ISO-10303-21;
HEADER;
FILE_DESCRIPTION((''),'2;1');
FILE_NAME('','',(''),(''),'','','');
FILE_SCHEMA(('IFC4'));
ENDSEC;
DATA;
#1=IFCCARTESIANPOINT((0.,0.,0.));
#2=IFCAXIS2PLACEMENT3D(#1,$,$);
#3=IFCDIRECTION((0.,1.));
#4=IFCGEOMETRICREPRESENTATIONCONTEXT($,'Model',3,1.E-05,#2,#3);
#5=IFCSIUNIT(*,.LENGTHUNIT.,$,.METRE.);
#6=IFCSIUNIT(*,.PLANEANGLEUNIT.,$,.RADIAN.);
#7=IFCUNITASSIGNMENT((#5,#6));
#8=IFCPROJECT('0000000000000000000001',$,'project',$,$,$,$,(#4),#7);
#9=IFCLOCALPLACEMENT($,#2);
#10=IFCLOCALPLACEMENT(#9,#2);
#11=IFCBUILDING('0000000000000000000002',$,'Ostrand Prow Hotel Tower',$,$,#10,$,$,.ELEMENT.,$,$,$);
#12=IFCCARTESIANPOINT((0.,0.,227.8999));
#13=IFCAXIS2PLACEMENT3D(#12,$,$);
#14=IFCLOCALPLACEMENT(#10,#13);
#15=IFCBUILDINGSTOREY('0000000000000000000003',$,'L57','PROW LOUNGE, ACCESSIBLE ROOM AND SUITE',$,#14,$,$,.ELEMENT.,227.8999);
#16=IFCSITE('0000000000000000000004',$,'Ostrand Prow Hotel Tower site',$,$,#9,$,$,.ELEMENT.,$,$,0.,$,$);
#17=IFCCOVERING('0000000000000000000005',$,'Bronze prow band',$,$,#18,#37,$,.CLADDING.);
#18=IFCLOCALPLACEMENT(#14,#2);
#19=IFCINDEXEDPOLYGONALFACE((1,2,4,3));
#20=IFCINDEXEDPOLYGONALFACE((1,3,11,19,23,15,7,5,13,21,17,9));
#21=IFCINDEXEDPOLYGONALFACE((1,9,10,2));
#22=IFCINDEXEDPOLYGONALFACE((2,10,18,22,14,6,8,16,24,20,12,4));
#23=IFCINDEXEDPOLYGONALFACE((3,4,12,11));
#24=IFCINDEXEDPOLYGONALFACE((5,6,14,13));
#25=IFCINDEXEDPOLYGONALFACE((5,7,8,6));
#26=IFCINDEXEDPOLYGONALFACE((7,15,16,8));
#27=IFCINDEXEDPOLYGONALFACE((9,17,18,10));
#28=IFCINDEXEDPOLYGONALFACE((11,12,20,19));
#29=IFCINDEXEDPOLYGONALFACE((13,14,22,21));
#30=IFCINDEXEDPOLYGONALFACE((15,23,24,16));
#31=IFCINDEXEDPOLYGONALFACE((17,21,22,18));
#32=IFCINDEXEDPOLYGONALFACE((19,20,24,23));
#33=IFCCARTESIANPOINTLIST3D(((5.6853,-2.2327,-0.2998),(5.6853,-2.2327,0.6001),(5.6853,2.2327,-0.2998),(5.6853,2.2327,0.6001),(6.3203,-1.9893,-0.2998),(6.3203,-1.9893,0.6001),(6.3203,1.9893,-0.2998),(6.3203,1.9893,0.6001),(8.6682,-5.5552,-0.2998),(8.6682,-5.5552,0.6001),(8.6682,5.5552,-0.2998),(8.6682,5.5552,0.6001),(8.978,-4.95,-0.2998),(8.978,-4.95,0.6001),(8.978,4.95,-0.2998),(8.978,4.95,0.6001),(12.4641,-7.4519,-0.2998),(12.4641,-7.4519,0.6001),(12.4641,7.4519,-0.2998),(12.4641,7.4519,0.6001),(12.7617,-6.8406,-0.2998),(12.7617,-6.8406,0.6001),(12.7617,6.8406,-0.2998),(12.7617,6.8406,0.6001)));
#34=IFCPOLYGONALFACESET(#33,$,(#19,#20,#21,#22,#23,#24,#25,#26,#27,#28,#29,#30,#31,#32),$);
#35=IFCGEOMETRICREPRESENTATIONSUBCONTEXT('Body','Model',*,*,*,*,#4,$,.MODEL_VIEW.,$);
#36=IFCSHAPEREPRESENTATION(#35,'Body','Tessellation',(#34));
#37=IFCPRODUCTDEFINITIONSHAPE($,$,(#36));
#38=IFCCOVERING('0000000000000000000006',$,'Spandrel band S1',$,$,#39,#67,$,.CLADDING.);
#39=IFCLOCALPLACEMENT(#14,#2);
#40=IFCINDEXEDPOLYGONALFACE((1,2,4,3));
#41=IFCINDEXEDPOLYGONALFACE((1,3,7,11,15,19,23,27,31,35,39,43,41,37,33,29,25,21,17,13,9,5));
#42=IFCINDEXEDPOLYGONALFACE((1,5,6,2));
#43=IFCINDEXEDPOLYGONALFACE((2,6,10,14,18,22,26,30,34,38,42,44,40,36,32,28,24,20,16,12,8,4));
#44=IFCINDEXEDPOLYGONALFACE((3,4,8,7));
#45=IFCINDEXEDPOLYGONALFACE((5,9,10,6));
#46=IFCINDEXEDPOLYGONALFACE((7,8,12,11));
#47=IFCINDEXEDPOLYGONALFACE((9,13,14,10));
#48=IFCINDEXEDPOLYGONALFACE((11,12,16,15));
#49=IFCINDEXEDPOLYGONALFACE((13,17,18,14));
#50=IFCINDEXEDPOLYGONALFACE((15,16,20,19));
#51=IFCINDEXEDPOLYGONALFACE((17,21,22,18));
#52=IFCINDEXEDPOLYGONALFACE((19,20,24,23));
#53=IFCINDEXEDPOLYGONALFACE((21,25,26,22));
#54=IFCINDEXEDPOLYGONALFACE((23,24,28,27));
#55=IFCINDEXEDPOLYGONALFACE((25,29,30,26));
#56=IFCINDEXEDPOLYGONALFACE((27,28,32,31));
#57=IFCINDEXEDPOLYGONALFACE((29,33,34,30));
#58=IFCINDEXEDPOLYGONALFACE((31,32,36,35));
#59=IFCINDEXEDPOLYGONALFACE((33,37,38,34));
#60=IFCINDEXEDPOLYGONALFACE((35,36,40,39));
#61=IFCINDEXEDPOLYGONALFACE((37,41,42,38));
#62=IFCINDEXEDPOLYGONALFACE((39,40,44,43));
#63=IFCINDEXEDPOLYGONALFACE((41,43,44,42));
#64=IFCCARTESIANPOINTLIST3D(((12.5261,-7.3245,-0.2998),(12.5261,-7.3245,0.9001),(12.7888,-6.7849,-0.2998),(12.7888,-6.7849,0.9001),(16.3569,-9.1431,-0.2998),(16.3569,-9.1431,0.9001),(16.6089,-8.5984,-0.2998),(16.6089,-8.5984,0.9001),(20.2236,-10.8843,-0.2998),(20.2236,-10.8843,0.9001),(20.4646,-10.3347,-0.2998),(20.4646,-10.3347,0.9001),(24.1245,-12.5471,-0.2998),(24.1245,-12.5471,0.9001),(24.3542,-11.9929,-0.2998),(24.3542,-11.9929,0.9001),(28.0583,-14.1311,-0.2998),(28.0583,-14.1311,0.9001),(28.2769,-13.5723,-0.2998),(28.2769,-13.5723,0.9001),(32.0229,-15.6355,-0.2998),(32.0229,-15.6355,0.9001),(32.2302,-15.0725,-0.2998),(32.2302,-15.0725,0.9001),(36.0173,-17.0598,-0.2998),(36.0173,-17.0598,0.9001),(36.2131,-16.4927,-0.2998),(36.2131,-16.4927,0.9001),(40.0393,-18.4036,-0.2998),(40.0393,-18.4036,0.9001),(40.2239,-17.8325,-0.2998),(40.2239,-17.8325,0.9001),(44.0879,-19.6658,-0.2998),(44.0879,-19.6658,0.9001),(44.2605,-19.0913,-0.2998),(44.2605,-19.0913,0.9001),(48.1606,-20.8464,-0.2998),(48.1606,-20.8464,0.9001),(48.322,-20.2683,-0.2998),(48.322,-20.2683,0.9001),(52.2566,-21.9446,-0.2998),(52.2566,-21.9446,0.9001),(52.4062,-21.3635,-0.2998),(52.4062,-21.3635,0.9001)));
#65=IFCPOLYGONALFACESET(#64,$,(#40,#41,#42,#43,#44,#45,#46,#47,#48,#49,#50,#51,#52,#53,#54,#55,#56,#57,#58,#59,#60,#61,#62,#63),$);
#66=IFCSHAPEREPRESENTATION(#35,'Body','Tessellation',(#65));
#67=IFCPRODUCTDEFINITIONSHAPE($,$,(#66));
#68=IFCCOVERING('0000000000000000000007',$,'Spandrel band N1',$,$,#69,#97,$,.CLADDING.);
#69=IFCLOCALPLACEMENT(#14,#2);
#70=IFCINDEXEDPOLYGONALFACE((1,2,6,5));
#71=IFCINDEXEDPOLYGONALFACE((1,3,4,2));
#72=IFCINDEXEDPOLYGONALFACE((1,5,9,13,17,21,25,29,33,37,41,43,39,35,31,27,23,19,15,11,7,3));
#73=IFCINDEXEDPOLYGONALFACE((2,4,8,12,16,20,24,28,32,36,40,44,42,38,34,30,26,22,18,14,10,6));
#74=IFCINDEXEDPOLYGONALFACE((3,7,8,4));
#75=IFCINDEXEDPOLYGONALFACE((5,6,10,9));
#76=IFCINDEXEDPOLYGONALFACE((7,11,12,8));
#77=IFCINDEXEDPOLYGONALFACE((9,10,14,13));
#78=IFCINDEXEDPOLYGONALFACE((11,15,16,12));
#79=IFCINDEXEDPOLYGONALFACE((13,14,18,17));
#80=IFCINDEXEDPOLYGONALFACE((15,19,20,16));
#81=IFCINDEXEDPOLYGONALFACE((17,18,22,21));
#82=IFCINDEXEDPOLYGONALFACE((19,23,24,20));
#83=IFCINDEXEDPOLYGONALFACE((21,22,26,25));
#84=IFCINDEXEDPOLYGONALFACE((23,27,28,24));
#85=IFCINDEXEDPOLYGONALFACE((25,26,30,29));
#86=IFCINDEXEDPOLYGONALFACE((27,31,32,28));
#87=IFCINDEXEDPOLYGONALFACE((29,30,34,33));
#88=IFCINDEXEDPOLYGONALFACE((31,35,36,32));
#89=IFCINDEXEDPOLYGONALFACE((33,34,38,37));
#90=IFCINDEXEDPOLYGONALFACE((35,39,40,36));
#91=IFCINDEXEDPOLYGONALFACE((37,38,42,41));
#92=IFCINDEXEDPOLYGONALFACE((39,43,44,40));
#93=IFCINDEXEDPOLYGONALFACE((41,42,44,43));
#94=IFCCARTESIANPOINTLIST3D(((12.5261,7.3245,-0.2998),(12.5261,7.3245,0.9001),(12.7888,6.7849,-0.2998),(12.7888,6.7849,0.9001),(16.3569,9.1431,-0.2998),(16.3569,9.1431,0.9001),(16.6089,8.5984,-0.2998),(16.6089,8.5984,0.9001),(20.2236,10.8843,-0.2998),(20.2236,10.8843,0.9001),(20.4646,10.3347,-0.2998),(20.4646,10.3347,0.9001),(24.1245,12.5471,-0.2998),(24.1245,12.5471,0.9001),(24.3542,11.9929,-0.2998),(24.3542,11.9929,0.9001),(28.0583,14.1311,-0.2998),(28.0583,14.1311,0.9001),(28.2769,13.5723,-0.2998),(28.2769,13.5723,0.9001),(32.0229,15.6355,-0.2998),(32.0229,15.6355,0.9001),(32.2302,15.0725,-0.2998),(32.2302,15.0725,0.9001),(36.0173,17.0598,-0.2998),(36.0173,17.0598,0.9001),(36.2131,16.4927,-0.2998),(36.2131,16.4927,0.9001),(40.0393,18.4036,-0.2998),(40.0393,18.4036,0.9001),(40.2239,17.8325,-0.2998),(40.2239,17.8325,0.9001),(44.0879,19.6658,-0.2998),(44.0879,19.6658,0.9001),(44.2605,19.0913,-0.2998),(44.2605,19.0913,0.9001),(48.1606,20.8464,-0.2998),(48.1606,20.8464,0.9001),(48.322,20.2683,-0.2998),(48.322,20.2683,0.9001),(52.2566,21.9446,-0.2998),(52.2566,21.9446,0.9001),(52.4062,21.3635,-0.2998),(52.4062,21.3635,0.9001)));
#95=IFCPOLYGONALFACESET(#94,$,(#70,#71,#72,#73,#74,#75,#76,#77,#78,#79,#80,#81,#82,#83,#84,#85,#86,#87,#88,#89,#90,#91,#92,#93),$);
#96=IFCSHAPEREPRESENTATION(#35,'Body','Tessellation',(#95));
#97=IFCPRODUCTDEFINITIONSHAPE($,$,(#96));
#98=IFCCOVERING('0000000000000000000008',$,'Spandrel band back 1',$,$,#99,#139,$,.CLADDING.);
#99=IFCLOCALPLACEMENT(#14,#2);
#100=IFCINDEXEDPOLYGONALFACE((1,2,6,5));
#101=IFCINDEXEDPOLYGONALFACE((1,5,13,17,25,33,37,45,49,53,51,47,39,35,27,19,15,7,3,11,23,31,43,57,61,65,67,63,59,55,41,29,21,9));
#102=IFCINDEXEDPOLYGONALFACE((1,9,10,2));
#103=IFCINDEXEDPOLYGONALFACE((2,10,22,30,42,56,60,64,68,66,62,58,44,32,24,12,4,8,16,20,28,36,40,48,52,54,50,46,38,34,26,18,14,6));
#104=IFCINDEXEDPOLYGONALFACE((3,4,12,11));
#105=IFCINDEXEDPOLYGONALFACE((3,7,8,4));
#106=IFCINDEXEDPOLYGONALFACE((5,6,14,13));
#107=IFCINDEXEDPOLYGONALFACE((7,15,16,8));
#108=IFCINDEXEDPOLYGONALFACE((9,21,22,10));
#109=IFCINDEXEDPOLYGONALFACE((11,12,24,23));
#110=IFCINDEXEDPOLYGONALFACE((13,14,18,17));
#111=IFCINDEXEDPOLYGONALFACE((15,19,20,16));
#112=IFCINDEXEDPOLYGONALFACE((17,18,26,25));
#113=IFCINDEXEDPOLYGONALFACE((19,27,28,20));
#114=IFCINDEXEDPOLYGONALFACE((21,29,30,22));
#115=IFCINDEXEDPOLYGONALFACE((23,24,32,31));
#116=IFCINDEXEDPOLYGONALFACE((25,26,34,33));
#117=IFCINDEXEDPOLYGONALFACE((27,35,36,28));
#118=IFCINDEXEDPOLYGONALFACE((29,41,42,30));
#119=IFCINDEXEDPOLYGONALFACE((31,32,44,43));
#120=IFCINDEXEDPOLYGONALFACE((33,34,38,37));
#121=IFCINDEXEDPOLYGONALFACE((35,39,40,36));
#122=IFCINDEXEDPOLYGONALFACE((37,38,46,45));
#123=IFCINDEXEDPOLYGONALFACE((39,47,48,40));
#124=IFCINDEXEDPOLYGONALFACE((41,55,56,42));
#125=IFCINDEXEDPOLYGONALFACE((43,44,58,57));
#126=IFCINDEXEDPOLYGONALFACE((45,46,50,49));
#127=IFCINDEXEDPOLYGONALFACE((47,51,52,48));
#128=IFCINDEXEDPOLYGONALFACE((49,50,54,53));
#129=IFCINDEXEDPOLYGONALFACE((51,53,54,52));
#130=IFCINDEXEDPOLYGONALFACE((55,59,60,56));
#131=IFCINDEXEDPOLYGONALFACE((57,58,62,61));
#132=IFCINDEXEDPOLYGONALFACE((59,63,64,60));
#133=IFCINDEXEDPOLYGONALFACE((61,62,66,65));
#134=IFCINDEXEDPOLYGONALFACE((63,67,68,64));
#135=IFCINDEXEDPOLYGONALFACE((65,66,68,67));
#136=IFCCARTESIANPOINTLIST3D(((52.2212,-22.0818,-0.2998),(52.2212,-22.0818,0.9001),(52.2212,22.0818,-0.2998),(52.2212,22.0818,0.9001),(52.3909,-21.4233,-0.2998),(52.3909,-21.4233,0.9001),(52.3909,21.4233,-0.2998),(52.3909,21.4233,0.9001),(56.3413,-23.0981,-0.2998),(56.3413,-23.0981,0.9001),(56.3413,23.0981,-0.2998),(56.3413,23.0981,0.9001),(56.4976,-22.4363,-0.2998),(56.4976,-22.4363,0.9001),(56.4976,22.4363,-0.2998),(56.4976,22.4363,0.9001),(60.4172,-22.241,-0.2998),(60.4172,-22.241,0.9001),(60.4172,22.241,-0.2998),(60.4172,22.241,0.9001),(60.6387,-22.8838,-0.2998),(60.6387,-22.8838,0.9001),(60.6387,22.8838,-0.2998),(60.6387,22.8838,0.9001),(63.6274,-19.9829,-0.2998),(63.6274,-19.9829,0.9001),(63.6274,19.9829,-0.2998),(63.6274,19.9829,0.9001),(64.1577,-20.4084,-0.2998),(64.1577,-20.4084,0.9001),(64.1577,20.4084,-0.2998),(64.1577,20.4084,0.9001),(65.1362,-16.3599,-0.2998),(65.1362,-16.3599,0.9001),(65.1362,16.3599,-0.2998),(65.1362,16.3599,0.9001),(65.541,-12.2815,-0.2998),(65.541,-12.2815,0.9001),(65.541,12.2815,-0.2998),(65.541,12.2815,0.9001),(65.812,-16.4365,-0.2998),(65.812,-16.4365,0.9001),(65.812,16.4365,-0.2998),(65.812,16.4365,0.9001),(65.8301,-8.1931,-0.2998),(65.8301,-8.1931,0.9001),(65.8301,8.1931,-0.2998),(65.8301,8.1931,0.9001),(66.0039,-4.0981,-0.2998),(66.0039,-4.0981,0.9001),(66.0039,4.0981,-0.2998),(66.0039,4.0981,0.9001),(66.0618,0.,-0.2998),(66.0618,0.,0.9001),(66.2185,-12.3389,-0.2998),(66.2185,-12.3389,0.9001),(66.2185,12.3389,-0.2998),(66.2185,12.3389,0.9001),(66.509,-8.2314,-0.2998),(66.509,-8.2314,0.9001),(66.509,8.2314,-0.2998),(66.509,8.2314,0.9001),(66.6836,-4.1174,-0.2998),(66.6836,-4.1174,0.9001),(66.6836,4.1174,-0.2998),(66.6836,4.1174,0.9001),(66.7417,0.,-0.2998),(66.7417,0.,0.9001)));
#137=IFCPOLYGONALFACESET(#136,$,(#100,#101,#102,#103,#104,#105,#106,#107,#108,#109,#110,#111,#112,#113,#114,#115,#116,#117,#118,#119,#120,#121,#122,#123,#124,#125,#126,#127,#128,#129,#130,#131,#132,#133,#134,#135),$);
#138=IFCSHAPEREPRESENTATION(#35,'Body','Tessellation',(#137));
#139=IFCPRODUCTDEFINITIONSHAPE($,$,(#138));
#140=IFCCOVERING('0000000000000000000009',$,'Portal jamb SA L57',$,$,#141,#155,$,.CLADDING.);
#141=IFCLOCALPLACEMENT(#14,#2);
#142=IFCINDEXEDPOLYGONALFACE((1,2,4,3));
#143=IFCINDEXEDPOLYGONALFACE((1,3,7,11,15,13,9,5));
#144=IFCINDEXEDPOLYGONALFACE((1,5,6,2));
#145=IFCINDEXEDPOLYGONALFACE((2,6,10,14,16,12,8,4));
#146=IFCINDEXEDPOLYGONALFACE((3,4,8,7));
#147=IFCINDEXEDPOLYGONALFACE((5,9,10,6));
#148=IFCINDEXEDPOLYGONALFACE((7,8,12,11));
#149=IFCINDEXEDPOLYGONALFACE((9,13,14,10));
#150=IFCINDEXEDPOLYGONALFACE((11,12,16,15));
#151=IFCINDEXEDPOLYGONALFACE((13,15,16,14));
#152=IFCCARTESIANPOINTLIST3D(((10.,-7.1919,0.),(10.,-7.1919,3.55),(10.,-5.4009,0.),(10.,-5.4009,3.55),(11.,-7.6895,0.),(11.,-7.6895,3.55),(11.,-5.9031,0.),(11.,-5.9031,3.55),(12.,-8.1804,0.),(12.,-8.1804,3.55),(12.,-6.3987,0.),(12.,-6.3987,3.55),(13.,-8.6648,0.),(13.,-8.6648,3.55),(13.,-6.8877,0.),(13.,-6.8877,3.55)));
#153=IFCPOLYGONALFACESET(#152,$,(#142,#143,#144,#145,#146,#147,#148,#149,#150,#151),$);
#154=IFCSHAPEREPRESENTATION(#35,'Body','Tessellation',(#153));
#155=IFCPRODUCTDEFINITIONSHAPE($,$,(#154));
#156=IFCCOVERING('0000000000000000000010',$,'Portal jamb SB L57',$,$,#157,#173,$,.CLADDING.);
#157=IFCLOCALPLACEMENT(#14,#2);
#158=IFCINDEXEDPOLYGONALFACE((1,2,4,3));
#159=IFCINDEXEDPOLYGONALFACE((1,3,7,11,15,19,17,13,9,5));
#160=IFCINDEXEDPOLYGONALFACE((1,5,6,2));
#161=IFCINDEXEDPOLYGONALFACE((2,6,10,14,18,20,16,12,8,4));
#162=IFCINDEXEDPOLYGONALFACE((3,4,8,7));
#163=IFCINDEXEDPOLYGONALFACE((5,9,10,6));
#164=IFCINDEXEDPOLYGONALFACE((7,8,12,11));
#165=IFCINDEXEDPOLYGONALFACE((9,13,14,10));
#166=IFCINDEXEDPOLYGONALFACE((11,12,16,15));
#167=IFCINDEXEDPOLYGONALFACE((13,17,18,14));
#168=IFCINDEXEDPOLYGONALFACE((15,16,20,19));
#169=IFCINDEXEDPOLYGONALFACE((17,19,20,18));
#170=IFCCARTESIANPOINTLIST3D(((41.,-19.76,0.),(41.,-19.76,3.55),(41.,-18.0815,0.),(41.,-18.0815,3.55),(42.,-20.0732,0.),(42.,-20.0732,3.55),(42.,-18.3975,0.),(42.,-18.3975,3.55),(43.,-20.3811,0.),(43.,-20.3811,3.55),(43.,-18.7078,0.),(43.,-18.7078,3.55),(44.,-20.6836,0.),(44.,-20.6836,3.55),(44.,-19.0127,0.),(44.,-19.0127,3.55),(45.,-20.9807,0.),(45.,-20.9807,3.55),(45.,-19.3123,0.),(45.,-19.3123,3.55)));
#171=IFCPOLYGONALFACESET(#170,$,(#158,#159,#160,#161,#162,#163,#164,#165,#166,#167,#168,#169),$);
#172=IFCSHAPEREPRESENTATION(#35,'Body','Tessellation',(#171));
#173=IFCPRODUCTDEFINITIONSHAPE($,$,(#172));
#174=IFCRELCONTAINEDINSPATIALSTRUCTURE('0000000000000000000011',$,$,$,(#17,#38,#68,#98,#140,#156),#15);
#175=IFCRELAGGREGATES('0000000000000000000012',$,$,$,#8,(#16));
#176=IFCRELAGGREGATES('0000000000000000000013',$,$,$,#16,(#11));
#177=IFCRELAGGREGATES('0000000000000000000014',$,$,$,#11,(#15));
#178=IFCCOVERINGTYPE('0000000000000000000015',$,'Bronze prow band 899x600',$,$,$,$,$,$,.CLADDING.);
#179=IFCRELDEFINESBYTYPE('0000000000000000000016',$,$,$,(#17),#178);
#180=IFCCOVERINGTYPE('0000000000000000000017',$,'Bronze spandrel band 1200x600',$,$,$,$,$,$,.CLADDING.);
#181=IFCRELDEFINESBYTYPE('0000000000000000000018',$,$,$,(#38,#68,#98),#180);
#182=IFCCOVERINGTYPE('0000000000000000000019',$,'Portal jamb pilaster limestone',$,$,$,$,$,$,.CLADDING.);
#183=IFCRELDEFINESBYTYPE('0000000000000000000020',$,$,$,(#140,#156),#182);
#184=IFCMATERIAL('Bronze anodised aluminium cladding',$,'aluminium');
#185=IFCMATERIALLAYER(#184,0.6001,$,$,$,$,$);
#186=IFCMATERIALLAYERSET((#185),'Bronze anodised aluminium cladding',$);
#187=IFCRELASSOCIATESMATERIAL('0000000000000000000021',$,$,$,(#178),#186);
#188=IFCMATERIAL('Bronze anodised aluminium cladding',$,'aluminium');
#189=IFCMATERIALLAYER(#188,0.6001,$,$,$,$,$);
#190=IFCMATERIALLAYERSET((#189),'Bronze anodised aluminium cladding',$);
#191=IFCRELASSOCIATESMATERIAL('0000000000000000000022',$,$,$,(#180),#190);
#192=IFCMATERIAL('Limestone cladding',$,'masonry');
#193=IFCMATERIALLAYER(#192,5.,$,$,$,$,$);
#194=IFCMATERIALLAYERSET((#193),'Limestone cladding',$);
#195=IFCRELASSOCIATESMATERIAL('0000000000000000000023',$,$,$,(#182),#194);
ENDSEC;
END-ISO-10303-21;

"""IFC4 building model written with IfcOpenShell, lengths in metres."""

from ifc_helpers import new_model, si_unit, direction, frame, origin, place, context, subcontext, project, spatial, polyline, outline, extrude, material, layer, layer_set, type_object, element, save


model = new_model("IFC4")

# Units and contexts
model_context = context("Model", 3, precision=1e-05, world=origin(), true_north=direction((0.0, 1.0)))
body_context = subcontext(model_context, "Body", "Model", "MODEL_VIEW")
ifc_project = project(units=[si_unit("LENGTHUNIT", "METRE"), si_unit("PLANEANGLEUNIT", "RADIAN")], contexts=[model_context])

# Site, building, storey
site_placement = place(None, origin())
site = spatial("IfcSite", under=ifc_project, at=site_placement, Name="Ostrand Prow Hotel Tower site", CompositionType="ELEMENT", RefElevation=0.0)
building_placement = place(site_placement, origin())
building = spatial("IfcBuilding", under=site, at=building_placement, Name="Ostrand Prow Hotel Tower", CompositionType="ELEMENT")
storey_placement = place(building_placement, frame((0.0, 0.0, 227.8999)))
storey = spatial("IfcBuildingStorey", under=building, at=storey_placement, Name="L57", Description="PROW LOUNGE, ACCESSIBLE ROOM AND SUITE", CompositionType="ELEMENT", Elevation=227.8999)

# Coverings
ifc_material_1 = material(Name="Bronze anodised aluminium cladding", Category="aluminium")
ifc_layer_1 = layer(ifc_material_1, 0.6001)
ifc_layer_set_1 = layer_set([ifc_layer_1], Name="Bronze anodised aluminium cladding")
covering_type_1 = type_object("IfcCoveringType", Name="Bronze prow band 899x600", PredefinedType="CLADDING", material=ifc_layer_set_1)
covering_1_placement = place(storey_placement, frame((0.0, 0.0, -0.2998)))
element("IfcCovering", 1, at=covering_1_placement, inside=storey, type_object=covering_type_1, Name="Bronze prow band", PredefinedType="CLADDING", context=body_context, shape_type="SweptSolid", body=[
    extrude(outline(polyline([(12.4641, 7.4519), (8.6682, 5.5552), (5.6853, 2.2327), (5.6853, -2.2327), (8.6682, -5.5552), (12.4641, -7.4519), (12.7617, -6.8406), (8.978, -4.95), (6.3203, -1.9893), (6.3203, 1.9893), (8.978, 4.95), (12.7617, 6.8406), (12.4641, 7.4519)])), origin(), (0.0, 0.0, 1.0), 0.8999),
])
ifc_material_2 = material(Name="Bronze anodised aluminium cladding", Category="aluminium")
ifc_layer_2 = layer(ifc_material_2, 0.6001)
ifc_layer_set_2 = layer_set([ifc_layer_2], Name="Bronze anodised aluminium cladding")
covering_type_2 = type_object("IfcCoveringType", Name="Bronze spandrel band 1200x600", PredefinedType="CLADDING", material=ifc_layer_set_2)
covering_2_placement = place(storey_placement, frame((0.0, 0.0, -0.2998)))
element("IfcCovering", 2, at=covering_2_placement, inside=storey, type_object=covering_type_2, Name="Spandrel band S1", PredefinedType="CLADDING", context=body_context, shape_type="SweptSolid", body=[
    extrude(outline(polyline([(12.5261, -7.3245), (16.3569, -9.1431), (20.2236, -10.8843), (24.1245, -12.5471), (28.0583, -14.1311), (32.0229, -15.6355), (36.0173, -17.0598), (40.0393, -18.4036), (44.0879, -19.6658), (48.1606, -20.8464), (52.2566, -21.9446), (52.4062, -21.3635), (48.322, -20.2683), (44.2605, -19.0913), (40.2239, -17.8325), (36.2131, -16.4927), (32.2302, -15.0725), (28.2769, -13.5723), (24.3542, -11.9929), (20.4646, -10.3347), (16.6089, -8.5984), (12.7888, -6.7849), (12.5261, -7.3245)])), origin(), (0.0, 0.0, 1.0), 1.2),
])
covering_3_placement = place(storey_placement, frame((0.0, 0.0, -0.2998)))
element("IfcCovering", 3, at=covering_3_placement, inside=storey, type_object=covering_type_2, Name="Spandrel band N1", PredefinedType="CLADDING", context=body_context, shape_type="SweptSolid", body=[
    extrude(outline(polyline([(52.2566, 21.9446), (48.1606, 20.8464), (44.0879, 19.6658), (40.0393, 18.4036), (36.0173, 17.0598), (32.0229, 15.6355), (28.0583, 14.1311), (24.1245, 12.5471), (20.2236, 10.8843), (16.3569, 9.1431), (12.5261, 7.3245), (12.7888, 6.7849), (16.6089, 8.5984), (20.4646, 10.3347), (24.3542, 11.9929), (28.2769, 13.5723), (32.2302, 15.0725), (36.2131, 16.4927), (40.2239, 17.8325), (44.2605, 19.0913), (48.322, 20.2683), (52.4062, 21.3635), (52.2566, 21.9446)])), origin(), (0.0, 0.0, 1.0), 1.2),
])
covering_4_placement = place(storey_placement, frame((0.0, 0.0, -0.2998)))
element("IfcCovering", 4, at=covering_4_placement, inside=storey, type_object=covering_type_2, Name="Spandrel band back 1", PredefinedType="CLADDING", context=body_context, shape_type="SweptSolid", body=[
    extrude(outline(polyline([(52.2212, -22.0818), (56.3413, -23.0981), (60.6387, -22.8838), (64.1577, -20.4084), (65.812, -16.4365), (66.2185, -12.3389), (66.509, -8.2314), (66.6836, -4.1174), (66.7417, 0.0), (66.6836, 4.1174), (66.509, 8.2314), (66.2185, 12.3389), (65.812, 16.4365), (64.1577, 20.4084), (60.6387, 22.8838), (56.3413, 23.0981), (52.2212, 22.0818), (52.3909, 21.4233), (56.4976, 22.4363), (60.4172, 22.241), (63.6274, 19.9829), (65.1362, 16.3599), (65.541, 12.2815), (65.8301, 8.1931), (66.0039, 4.0981), (66.0618, 0.0), (66.0039, -4.0981), (65.8301, -8.1931), (65.541, -12.2815), (65.1362, -16.3599), (63.6274, -19.9829), (60.4172, -22.241), (56.4976, -22.4363), (52.3909, -21.4233), (52.2212, -22.0818)])), origin(), (0.0, 0.0, 1.0), 1.2),
])
ifc_material_3 = material(Name="Limestone cladding", Category="masonry")
ifc_layer_3 = layer(ifc_material_3, 5.0)
ifc_layer_set_3 = layer_set([ifc_layer_3], Name="Limestone cladding")
covering_type_3 = type_object("IfcCoveringType", Name="Portal jamb pilaster limestone", PredefinedType="CLADDING", material=ifc_layer_set_3)
covering_5_placement = place(storey_placement, origin())
element("IfcCovering", 5, at=covering_5_placement, inside=storey, type_object=covering_type_3, Name="Portal jamb SA L57", PredefinedType="CLADDING", context=body_context, shape_type="SweptSolid", body=[
    extrude(outline(polyline([(10.0, -5.4009), (10.0, -7.1919), (11.0, -7.6895), (12.0, -8.1804), (13.0, -8.6648), (13.0, -6.8877), (12.0, -6.3987), (11.0, -5.9031), (10.0, -5.4009)])), origin(), (0.0, 0.0, 1.0), 3.55),
])
covering_6_placement = place(storey_placement, origin())
element("IfcCovering", 6, at=covering_6_placement, inside=storey, type_object=covering_type_3, Name="Portal jamb SB L57", PredefinedType="CLADDING", context=body_context, shape_type="SweptSolid", body=[
    extrude(outline(polyline([(41.0, -18.0815), (41.0, -19.76), (42.0, -20.0732), (43.0, -20.3811), (44.0, -20.6836), (45.0, -20.9807), (45.0, -19.3123), (44.0, -19.0127), (43.0, -18.7078), (42.0, -18.3975), (41.0, -18.0815)])), origin(), (0.0, 0.0, 1.0), 3.55),
])

save(model, "model.ifc")
